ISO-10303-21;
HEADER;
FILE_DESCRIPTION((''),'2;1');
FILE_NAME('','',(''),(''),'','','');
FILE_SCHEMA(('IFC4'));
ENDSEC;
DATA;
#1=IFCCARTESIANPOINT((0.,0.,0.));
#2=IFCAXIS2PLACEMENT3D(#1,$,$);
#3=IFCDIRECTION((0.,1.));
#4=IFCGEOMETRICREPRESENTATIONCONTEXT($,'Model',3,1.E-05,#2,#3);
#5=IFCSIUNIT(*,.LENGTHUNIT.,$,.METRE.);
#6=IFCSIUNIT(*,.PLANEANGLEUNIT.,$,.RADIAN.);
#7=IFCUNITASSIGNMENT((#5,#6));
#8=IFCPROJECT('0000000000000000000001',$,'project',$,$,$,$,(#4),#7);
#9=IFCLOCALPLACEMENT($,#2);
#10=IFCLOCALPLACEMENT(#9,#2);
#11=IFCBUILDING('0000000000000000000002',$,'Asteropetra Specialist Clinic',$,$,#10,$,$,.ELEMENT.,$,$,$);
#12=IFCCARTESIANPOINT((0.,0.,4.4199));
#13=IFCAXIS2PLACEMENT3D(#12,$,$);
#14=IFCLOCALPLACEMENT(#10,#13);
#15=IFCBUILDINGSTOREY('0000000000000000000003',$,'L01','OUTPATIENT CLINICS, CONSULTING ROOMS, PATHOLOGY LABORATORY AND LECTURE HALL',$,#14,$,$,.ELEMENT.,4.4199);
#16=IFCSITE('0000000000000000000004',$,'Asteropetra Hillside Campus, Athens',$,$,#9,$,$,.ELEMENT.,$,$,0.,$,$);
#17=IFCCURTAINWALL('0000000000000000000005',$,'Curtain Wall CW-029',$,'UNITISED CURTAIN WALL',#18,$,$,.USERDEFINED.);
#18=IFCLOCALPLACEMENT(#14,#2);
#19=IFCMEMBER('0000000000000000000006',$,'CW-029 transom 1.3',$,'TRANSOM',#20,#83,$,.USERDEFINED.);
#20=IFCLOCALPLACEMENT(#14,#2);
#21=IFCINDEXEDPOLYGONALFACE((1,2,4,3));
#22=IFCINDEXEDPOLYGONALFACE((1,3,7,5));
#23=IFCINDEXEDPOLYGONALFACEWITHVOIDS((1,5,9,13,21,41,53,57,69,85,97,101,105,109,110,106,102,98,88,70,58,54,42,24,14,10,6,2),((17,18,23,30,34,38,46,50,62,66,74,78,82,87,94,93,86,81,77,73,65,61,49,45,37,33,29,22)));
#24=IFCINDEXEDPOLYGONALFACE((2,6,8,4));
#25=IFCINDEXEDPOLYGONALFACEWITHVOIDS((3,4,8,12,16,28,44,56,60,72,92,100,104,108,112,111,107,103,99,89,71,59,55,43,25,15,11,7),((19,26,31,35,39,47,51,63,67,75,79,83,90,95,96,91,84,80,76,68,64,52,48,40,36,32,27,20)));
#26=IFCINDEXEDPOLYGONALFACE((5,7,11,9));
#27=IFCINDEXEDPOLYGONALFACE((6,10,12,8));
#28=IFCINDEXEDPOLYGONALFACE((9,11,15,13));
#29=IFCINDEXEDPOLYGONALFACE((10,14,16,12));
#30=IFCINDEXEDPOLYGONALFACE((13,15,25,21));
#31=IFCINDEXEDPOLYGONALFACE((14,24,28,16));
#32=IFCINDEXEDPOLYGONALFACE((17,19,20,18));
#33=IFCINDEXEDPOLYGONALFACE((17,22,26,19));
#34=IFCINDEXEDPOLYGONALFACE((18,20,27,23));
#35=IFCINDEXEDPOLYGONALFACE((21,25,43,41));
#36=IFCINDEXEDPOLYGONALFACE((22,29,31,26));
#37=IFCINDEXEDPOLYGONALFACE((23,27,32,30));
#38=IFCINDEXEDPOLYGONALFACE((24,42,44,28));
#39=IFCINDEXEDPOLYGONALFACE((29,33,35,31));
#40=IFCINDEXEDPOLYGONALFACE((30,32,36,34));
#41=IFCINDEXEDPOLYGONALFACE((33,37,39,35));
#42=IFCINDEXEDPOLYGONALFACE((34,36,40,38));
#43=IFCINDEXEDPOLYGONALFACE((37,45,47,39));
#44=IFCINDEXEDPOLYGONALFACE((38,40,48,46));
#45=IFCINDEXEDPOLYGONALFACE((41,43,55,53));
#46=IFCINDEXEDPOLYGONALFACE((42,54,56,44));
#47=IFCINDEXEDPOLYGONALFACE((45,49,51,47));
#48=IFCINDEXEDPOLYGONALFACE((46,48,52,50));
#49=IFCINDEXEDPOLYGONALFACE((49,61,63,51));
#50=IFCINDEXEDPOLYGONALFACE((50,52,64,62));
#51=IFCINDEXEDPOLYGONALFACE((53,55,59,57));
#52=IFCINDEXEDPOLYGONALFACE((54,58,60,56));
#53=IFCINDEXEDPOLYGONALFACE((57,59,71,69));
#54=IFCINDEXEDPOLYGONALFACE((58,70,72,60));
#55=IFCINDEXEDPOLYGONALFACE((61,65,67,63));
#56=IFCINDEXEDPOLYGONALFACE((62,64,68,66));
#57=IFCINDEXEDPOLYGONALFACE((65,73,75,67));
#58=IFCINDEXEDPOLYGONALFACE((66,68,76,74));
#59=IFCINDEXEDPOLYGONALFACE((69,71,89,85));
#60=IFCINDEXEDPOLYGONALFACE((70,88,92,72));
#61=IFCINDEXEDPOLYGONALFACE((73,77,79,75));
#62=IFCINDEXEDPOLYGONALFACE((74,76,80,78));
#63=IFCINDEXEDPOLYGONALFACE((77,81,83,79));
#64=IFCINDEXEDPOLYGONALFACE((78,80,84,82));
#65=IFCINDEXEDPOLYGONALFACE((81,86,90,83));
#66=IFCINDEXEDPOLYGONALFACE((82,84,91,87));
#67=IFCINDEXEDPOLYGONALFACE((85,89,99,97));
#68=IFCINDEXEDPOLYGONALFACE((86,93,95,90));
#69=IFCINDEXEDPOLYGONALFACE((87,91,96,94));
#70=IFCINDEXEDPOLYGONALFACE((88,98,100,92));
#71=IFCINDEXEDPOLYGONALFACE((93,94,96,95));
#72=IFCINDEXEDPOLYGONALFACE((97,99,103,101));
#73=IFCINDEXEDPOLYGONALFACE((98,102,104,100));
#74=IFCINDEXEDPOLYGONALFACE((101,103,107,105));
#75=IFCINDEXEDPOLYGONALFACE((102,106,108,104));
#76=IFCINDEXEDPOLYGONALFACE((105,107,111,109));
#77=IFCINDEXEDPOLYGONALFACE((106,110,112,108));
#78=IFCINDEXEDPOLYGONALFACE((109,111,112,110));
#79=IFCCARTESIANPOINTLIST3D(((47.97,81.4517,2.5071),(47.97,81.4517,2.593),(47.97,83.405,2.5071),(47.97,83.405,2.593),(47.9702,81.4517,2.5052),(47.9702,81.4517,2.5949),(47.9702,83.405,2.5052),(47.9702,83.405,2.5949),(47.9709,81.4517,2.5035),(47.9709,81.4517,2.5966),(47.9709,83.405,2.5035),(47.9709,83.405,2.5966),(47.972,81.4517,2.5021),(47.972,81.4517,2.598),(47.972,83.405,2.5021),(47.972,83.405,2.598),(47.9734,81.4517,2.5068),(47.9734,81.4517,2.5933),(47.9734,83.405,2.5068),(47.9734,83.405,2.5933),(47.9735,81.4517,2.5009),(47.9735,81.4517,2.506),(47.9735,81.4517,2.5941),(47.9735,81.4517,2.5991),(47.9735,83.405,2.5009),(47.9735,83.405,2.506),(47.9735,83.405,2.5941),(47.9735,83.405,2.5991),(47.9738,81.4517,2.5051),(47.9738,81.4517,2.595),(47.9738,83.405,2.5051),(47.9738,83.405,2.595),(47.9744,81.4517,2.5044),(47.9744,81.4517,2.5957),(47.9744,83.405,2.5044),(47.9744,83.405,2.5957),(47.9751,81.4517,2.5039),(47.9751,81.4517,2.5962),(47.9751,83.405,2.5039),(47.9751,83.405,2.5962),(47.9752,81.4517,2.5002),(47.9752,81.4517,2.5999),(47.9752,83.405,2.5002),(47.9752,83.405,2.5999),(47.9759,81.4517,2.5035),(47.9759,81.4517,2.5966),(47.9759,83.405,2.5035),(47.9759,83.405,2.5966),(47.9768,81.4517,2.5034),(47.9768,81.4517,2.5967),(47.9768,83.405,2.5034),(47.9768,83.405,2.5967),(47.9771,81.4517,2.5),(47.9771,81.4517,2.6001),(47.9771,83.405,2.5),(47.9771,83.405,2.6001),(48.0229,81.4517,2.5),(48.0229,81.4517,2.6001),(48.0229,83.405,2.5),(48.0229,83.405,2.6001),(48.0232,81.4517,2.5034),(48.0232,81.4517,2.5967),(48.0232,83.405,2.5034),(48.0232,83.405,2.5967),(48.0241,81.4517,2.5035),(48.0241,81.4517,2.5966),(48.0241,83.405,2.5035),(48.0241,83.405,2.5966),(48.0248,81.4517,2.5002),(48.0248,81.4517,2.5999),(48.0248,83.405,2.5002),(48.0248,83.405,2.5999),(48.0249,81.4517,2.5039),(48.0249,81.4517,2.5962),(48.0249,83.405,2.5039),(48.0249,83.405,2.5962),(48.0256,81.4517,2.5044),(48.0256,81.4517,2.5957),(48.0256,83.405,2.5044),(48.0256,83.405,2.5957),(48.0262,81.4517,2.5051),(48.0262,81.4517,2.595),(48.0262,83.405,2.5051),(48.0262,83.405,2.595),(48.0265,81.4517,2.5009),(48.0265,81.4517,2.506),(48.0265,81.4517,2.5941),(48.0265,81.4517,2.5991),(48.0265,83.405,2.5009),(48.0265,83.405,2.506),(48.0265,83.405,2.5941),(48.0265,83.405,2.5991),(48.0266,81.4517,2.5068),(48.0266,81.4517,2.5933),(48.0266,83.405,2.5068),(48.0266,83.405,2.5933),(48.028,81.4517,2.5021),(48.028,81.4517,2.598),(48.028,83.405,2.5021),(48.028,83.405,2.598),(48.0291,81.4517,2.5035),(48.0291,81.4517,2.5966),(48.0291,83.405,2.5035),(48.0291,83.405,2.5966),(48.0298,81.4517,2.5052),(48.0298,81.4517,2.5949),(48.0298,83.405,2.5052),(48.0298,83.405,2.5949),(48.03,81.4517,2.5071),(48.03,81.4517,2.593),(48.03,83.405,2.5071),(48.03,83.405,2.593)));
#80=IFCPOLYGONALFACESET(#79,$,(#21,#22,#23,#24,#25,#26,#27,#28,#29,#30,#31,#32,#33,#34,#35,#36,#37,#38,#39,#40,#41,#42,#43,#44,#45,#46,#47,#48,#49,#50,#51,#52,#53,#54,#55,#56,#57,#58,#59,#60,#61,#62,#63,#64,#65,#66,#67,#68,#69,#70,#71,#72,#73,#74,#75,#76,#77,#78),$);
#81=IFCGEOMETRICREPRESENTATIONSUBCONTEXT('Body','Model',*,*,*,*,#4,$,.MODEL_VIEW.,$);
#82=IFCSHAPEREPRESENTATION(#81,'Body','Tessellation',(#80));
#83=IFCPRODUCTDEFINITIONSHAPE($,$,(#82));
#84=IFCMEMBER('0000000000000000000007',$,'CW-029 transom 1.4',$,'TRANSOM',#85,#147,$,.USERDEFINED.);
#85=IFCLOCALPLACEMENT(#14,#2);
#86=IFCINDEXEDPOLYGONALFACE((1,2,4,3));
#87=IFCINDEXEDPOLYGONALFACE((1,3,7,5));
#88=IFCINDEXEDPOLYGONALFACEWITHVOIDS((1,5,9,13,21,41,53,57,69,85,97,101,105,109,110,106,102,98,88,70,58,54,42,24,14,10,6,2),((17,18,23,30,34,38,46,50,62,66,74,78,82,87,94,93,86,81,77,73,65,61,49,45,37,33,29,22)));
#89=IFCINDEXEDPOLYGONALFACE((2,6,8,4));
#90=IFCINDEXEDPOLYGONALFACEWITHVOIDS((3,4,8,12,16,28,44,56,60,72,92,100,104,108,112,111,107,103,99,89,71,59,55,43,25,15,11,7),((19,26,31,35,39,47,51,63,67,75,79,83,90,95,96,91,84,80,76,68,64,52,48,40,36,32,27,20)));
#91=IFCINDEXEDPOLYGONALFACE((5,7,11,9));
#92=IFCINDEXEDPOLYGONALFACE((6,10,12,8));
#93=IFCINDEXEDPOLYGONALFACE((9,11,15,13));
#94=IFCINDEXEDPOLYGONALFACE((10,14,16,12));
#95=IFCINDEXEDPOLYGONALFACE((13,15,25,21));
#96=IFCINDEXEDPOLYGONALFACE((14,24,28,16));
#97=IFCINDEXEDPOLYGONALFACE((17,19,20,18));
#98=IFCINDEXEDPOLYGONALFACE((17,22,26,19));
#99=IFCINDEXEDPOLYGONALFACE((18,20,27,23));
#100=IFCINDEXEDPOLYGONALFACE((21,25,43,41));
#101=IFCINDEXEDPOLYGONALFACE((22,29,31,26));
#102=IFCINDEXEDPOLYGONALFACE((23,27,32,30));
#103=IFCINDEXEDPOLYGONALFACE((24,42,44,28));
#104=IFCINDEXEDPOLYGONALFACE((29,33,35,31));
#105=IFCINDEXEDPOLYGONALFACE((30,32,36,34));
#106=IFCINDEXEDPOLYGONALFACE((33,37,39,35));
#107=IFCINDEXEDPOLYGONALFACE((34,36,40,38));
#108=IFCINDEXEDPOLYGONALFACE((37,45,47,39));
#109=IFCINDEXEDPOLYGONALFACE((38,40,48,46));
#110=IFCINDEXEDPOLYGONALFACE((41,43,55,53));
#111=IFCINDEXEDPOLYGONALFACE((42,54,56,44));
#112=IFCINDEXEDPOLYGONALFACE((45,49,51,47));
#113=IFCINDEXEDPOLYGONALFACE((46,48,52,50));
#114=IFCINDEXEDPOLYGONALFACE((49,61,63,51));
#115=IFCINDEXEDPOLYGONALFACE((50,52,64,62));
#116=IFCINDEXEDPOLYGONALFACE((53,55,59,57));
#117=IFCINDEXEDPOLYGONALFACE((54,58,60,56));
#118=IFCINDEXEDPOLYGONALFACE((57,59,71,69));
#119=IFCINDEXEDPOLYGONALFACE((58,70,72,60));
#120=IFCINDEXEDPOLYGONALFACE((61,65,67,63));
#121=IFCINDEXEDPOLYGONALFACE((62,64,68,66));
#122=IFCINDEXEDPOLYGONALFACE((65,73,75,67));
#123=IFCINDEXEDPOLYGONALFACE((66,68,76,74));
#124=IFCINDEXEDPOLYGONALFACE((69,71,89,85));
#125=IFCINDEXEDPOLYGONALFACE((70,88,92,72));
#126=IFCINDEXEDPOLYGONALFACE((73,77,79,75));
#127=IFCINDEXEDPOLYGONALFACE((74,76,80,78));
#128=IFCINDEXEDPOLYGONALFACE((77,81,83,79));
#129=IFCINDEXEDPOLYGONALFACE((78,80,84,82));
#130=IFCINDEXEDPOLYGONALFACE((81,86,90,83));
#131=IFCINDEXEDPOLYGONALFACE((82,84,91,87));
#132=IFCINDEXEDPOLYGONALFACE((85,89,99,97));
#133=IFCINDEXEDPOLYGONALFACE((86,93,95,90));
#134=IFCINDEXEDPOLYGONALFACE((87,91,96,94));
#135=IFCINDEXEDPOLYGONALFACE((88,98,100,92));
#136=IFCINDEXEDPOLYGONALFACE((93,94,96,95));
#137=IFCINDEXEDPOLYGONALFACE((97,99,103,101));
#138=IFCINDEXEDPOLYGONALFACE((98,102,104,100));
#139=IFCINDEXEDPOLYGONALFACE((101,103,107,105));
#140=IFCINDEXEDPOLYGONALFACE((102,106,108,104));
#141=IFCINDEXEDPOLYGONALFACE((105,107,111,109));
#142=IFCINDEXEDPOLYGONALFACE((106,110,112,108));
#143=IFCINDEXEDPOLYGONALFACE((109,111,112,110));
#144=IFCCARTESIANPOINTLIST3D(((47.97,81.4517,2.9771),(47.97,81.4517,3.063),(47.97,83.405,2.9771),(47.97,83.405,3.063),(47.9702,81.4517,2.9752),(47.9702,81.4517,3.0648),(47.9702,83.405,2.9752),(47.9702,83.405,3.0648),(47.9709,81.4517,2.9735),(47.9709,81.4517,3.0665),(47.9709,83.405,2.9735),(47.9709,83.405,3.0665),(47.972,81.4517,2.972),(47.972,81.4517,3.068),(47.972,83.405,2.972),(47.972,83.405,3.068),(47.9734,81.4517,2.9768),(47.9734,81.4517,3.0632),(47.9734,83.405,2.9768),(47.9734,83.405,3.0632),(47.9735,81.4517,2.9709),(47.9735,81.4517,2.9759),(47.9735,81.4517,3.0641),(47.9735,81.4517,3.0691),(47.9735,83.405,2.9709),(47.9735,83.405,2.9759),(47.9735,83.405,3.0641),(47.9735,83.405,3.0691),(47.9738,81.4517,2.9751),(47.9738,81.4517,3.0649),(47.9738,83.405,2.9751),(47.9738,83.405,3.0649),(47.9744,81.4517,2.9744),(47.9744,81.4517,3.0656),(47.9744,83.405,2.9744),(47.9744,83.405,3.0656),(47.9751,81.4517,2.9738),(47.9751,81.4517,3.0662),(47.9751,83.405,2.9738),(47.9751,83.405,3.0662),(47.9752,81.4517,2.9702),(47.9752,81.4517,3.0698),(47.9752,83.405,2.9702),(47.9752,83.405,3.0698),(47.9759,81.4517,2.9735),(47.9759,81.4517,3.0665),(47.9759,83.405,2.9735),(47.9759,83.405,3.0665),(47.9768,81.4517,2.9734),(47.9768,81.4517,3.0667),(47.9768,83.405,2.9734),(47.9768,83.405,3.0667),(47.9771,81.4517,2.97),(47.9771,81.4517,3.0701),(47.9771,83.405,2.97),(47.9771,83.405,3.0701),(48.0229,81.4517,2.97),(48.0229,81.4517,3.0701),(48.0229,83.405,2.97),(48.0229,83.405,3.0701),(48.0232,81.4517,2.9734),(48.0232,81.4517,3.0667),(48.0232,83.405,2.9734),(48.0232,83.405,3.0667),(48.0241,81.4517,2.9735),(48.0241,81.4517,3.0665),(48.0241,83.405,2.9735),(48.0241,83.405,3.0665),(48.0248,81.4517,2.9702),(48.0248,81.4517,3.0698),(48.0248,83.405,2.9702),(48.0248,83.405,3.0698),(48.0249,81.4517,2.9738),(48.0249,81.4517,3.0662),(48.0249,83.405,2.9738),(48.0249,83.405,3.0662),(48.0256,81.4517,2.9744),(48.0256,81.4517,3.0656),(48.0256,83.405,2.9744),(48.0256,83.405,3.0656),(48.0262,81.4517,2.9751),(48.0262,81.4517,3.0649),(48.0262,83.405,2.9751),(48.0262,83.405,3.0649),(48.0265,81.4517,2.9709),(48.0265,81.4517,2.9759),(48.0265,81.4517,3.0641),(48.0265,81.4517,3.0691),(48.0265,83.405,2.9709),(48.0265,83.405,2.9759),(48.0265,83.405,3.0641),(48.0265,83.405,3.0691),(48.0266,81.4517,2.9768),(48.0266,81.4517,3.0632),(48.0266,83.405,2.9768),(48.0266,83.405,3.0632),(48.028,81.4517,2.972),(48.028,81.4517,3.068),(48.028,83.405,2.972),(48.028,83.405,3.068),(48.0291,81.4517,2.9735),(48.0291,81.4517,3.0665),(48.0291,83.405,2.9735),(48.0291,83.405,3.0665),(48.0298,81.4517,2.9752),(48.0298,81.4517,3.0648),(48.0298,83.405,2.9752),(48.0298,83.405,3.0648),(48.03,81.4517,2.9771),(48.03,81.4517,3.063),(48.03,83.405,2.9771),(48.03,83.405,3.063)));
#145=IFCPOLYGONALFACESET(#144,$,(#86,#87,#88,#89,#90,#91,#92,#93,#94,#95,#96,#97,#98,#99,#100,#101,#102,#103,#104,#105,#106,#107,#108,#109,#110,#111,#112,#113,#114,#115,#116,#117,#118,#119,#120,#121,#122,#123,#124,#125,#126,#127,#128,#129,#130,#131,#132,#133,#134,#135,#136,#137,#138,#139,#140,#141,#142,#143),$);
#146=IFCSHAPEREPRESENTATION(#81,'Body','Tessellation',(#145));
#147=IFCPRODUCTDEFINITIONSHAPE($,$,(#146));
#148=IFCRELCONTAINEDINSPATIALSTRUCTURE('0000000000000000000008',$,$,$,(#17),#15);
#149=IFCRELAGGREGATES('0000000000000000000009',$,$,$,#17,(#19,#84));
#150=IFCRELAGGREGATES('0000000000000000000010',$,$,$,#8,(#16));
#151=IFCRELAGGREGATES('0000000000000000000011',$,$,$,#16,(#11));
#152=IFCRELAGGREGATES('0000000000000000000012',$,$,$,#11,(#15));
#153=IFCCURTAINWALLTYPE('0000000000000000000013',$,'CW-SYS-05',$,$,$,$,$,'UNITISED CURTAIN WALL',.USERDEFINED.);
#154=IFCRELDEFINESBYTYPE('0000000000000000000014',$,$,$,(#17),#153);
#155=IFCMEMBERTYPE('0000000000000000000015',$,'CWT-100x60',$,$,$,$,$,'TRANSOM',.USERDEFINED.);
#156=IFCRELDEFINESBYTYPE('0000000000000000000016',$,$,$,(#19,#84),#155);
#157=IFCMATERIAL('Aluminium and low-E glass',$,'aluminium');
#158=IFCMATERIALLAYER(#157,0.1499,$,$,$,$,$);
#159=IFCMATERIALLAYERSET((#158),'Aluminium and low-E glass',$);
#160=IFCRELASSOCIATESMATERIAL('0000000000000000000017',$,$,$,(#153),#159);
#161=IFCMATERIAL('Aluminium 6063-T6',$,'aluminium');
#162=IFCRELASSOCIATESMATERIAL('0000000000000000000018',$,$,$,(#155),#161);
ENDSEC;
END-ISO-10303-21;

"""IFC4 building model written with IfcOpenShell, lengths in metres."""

from ifc_helpers import new_model, si_unit, direction, frame, origin, origin_2d, place, context, subcontext, project, spatial, hollow_rectangle, extrude, material, layer, layer_set, material_profile, profile_set, type_object, element, aggregate, save


model = new_model("IFC4")

# Units and contexts
model_context = context("Model", 3, precision=1e-05, world=origin(), true_north=direction((0.0, 1.0)))
body_context = subcontext(model_context, "Body", "Model", "MODEL_VIEW")
ifc_project = project(units=[si_unit("LENGTHUNIT", "METRE"), si_unit("PLANEANGLEUNIT", "RADIAN")], contexts=[model_context])

# Site, building, storey
site_placement = place(None, origin())
site = spatial("IfcSite", under=ifc_project, at=site_placement, Name="Asteropetra Hillside Campus, Athens", CompositionType="ELEMENT", RefElevation=0.0)
building_placement = place(site_placement, origin())
building = spatial("IfcBuilding", under=site, at=building_placement, Name="Asteropetra Specialist Clinic", CompositionType="ELEMENT")
storey_placement = place(building_placement, frame((0.0, 0.0, 4.4199)))
storey = spatial("IfcBuildingStorey", under=building, at=storey_placement, Name="L01", Description="OUTPATIENT CLINICS, CONSULTING ROOMS, PATHOLOGY LABORATORY AND LECTURE HALL", CompositionType="ELEMENT", Elevation=4.4199)

# Curtain wall
ifc_material_1 = material(Name="Aluminium and low-E glass", Category="aluminium")
ifc_layer_1 = layer(ifc_material_1, 0.1499)
ifc_layer_set_1 = layer_set([ifc_layer_1], Name="Aluminium and low-E glass")
curtain_wall_type_1 = type_object("IfcCurtainWallType", Name="CW-SYS-05", ElementType="UNITISED CURTAIN WALL", PredefinedType="USERDEFINED", material=ifc_layer_set_1)
curtain_wall_1_placement = place(storey_placement, origin())
curtain_wall_1 = element("IfcCurtainWall", 1, at=curtain_wall_1_placement, inside=storey, type_object=curtain_wall_type_1, Name="Curtain Wall CW-029", ObjectType="UNITISED CURTAIN WALL", PredefinedType="USERDEFINED")

# Members
ifc_material_2 = material(Name="Aluminium 6063-T6", Category="aluminium")
ifc_material_profile_1 = material_profile(ifc_material_2, hollow_rectangle(XDim=0.0601, YDim=0.1001, WallThickness=0.0034, InnerFilletRadius=0.0034, OuterFilletRadius=0.0071, at=origin_2d()), Name="TRN 100x60x3.5")
ifc_profile_set_1 = profile_set([ifc_material_profile_1], Name="Aluminium 6063-T6")
member_type_1 = type_object("IfcMemberType", Name="CWT-100x60", ElementType="TRANSOM", PredefinedType="USERDEFINED", material=ifc_profile_set_1)
member_1_placement = place(storey_placement, frame((48.0, 83.405, 2.55), z_axis=(0.0, -1.0, 0.0), x_axis=(1.0, 0.0, 0.0)))
member_1 = element("IfcMember", 2, at=member_1_placement, type_object=member_type_1, Name="CW-029 transom 1.3", ObjectType="TRANSOM", PredefinedType="USERDEFINED", context=body_context, shape_type="SweptSolid", body=[
    extrude(hollow_rectangle(XDim=0.0601, YDim=0.1001, WallThickness=0.0034, InnerFilletRadius=0.0034, OuterFilletRadius=0.0071, at=origin_2d()), origin(), (0.0, 0.0, 1.0), 1.9534),
])
member_2_placement = place(storey_placement, frame((48.0, 83.405, 3.02), z_axis=(0.0, -1.0, 0.0), x_axis=(1.0, 0.0, 0.0)))
member_2 = element("IfcMember", 3, at=member_2_placement, type_object=member_type_1, Name="CW-029 transom 1.4", ObjectType="TRANSOM", PredefinedType="USERDEFINED", context=body_context, shape_type="SweptSolid", body=[
    extrude(hollow_rectangle(XDim=0.0601, YDim=0.1001, WallThickness=0.0034, InnerFilletRadius=0.0034, OuterFilletRadius=0.0071, at=origin_2d()), origin(), (0.0, 0.0, 1.0), 1.9534),
])

aggregate(curtain_wall_1, [member_1, member_2])

save(model, "model.ifc")
